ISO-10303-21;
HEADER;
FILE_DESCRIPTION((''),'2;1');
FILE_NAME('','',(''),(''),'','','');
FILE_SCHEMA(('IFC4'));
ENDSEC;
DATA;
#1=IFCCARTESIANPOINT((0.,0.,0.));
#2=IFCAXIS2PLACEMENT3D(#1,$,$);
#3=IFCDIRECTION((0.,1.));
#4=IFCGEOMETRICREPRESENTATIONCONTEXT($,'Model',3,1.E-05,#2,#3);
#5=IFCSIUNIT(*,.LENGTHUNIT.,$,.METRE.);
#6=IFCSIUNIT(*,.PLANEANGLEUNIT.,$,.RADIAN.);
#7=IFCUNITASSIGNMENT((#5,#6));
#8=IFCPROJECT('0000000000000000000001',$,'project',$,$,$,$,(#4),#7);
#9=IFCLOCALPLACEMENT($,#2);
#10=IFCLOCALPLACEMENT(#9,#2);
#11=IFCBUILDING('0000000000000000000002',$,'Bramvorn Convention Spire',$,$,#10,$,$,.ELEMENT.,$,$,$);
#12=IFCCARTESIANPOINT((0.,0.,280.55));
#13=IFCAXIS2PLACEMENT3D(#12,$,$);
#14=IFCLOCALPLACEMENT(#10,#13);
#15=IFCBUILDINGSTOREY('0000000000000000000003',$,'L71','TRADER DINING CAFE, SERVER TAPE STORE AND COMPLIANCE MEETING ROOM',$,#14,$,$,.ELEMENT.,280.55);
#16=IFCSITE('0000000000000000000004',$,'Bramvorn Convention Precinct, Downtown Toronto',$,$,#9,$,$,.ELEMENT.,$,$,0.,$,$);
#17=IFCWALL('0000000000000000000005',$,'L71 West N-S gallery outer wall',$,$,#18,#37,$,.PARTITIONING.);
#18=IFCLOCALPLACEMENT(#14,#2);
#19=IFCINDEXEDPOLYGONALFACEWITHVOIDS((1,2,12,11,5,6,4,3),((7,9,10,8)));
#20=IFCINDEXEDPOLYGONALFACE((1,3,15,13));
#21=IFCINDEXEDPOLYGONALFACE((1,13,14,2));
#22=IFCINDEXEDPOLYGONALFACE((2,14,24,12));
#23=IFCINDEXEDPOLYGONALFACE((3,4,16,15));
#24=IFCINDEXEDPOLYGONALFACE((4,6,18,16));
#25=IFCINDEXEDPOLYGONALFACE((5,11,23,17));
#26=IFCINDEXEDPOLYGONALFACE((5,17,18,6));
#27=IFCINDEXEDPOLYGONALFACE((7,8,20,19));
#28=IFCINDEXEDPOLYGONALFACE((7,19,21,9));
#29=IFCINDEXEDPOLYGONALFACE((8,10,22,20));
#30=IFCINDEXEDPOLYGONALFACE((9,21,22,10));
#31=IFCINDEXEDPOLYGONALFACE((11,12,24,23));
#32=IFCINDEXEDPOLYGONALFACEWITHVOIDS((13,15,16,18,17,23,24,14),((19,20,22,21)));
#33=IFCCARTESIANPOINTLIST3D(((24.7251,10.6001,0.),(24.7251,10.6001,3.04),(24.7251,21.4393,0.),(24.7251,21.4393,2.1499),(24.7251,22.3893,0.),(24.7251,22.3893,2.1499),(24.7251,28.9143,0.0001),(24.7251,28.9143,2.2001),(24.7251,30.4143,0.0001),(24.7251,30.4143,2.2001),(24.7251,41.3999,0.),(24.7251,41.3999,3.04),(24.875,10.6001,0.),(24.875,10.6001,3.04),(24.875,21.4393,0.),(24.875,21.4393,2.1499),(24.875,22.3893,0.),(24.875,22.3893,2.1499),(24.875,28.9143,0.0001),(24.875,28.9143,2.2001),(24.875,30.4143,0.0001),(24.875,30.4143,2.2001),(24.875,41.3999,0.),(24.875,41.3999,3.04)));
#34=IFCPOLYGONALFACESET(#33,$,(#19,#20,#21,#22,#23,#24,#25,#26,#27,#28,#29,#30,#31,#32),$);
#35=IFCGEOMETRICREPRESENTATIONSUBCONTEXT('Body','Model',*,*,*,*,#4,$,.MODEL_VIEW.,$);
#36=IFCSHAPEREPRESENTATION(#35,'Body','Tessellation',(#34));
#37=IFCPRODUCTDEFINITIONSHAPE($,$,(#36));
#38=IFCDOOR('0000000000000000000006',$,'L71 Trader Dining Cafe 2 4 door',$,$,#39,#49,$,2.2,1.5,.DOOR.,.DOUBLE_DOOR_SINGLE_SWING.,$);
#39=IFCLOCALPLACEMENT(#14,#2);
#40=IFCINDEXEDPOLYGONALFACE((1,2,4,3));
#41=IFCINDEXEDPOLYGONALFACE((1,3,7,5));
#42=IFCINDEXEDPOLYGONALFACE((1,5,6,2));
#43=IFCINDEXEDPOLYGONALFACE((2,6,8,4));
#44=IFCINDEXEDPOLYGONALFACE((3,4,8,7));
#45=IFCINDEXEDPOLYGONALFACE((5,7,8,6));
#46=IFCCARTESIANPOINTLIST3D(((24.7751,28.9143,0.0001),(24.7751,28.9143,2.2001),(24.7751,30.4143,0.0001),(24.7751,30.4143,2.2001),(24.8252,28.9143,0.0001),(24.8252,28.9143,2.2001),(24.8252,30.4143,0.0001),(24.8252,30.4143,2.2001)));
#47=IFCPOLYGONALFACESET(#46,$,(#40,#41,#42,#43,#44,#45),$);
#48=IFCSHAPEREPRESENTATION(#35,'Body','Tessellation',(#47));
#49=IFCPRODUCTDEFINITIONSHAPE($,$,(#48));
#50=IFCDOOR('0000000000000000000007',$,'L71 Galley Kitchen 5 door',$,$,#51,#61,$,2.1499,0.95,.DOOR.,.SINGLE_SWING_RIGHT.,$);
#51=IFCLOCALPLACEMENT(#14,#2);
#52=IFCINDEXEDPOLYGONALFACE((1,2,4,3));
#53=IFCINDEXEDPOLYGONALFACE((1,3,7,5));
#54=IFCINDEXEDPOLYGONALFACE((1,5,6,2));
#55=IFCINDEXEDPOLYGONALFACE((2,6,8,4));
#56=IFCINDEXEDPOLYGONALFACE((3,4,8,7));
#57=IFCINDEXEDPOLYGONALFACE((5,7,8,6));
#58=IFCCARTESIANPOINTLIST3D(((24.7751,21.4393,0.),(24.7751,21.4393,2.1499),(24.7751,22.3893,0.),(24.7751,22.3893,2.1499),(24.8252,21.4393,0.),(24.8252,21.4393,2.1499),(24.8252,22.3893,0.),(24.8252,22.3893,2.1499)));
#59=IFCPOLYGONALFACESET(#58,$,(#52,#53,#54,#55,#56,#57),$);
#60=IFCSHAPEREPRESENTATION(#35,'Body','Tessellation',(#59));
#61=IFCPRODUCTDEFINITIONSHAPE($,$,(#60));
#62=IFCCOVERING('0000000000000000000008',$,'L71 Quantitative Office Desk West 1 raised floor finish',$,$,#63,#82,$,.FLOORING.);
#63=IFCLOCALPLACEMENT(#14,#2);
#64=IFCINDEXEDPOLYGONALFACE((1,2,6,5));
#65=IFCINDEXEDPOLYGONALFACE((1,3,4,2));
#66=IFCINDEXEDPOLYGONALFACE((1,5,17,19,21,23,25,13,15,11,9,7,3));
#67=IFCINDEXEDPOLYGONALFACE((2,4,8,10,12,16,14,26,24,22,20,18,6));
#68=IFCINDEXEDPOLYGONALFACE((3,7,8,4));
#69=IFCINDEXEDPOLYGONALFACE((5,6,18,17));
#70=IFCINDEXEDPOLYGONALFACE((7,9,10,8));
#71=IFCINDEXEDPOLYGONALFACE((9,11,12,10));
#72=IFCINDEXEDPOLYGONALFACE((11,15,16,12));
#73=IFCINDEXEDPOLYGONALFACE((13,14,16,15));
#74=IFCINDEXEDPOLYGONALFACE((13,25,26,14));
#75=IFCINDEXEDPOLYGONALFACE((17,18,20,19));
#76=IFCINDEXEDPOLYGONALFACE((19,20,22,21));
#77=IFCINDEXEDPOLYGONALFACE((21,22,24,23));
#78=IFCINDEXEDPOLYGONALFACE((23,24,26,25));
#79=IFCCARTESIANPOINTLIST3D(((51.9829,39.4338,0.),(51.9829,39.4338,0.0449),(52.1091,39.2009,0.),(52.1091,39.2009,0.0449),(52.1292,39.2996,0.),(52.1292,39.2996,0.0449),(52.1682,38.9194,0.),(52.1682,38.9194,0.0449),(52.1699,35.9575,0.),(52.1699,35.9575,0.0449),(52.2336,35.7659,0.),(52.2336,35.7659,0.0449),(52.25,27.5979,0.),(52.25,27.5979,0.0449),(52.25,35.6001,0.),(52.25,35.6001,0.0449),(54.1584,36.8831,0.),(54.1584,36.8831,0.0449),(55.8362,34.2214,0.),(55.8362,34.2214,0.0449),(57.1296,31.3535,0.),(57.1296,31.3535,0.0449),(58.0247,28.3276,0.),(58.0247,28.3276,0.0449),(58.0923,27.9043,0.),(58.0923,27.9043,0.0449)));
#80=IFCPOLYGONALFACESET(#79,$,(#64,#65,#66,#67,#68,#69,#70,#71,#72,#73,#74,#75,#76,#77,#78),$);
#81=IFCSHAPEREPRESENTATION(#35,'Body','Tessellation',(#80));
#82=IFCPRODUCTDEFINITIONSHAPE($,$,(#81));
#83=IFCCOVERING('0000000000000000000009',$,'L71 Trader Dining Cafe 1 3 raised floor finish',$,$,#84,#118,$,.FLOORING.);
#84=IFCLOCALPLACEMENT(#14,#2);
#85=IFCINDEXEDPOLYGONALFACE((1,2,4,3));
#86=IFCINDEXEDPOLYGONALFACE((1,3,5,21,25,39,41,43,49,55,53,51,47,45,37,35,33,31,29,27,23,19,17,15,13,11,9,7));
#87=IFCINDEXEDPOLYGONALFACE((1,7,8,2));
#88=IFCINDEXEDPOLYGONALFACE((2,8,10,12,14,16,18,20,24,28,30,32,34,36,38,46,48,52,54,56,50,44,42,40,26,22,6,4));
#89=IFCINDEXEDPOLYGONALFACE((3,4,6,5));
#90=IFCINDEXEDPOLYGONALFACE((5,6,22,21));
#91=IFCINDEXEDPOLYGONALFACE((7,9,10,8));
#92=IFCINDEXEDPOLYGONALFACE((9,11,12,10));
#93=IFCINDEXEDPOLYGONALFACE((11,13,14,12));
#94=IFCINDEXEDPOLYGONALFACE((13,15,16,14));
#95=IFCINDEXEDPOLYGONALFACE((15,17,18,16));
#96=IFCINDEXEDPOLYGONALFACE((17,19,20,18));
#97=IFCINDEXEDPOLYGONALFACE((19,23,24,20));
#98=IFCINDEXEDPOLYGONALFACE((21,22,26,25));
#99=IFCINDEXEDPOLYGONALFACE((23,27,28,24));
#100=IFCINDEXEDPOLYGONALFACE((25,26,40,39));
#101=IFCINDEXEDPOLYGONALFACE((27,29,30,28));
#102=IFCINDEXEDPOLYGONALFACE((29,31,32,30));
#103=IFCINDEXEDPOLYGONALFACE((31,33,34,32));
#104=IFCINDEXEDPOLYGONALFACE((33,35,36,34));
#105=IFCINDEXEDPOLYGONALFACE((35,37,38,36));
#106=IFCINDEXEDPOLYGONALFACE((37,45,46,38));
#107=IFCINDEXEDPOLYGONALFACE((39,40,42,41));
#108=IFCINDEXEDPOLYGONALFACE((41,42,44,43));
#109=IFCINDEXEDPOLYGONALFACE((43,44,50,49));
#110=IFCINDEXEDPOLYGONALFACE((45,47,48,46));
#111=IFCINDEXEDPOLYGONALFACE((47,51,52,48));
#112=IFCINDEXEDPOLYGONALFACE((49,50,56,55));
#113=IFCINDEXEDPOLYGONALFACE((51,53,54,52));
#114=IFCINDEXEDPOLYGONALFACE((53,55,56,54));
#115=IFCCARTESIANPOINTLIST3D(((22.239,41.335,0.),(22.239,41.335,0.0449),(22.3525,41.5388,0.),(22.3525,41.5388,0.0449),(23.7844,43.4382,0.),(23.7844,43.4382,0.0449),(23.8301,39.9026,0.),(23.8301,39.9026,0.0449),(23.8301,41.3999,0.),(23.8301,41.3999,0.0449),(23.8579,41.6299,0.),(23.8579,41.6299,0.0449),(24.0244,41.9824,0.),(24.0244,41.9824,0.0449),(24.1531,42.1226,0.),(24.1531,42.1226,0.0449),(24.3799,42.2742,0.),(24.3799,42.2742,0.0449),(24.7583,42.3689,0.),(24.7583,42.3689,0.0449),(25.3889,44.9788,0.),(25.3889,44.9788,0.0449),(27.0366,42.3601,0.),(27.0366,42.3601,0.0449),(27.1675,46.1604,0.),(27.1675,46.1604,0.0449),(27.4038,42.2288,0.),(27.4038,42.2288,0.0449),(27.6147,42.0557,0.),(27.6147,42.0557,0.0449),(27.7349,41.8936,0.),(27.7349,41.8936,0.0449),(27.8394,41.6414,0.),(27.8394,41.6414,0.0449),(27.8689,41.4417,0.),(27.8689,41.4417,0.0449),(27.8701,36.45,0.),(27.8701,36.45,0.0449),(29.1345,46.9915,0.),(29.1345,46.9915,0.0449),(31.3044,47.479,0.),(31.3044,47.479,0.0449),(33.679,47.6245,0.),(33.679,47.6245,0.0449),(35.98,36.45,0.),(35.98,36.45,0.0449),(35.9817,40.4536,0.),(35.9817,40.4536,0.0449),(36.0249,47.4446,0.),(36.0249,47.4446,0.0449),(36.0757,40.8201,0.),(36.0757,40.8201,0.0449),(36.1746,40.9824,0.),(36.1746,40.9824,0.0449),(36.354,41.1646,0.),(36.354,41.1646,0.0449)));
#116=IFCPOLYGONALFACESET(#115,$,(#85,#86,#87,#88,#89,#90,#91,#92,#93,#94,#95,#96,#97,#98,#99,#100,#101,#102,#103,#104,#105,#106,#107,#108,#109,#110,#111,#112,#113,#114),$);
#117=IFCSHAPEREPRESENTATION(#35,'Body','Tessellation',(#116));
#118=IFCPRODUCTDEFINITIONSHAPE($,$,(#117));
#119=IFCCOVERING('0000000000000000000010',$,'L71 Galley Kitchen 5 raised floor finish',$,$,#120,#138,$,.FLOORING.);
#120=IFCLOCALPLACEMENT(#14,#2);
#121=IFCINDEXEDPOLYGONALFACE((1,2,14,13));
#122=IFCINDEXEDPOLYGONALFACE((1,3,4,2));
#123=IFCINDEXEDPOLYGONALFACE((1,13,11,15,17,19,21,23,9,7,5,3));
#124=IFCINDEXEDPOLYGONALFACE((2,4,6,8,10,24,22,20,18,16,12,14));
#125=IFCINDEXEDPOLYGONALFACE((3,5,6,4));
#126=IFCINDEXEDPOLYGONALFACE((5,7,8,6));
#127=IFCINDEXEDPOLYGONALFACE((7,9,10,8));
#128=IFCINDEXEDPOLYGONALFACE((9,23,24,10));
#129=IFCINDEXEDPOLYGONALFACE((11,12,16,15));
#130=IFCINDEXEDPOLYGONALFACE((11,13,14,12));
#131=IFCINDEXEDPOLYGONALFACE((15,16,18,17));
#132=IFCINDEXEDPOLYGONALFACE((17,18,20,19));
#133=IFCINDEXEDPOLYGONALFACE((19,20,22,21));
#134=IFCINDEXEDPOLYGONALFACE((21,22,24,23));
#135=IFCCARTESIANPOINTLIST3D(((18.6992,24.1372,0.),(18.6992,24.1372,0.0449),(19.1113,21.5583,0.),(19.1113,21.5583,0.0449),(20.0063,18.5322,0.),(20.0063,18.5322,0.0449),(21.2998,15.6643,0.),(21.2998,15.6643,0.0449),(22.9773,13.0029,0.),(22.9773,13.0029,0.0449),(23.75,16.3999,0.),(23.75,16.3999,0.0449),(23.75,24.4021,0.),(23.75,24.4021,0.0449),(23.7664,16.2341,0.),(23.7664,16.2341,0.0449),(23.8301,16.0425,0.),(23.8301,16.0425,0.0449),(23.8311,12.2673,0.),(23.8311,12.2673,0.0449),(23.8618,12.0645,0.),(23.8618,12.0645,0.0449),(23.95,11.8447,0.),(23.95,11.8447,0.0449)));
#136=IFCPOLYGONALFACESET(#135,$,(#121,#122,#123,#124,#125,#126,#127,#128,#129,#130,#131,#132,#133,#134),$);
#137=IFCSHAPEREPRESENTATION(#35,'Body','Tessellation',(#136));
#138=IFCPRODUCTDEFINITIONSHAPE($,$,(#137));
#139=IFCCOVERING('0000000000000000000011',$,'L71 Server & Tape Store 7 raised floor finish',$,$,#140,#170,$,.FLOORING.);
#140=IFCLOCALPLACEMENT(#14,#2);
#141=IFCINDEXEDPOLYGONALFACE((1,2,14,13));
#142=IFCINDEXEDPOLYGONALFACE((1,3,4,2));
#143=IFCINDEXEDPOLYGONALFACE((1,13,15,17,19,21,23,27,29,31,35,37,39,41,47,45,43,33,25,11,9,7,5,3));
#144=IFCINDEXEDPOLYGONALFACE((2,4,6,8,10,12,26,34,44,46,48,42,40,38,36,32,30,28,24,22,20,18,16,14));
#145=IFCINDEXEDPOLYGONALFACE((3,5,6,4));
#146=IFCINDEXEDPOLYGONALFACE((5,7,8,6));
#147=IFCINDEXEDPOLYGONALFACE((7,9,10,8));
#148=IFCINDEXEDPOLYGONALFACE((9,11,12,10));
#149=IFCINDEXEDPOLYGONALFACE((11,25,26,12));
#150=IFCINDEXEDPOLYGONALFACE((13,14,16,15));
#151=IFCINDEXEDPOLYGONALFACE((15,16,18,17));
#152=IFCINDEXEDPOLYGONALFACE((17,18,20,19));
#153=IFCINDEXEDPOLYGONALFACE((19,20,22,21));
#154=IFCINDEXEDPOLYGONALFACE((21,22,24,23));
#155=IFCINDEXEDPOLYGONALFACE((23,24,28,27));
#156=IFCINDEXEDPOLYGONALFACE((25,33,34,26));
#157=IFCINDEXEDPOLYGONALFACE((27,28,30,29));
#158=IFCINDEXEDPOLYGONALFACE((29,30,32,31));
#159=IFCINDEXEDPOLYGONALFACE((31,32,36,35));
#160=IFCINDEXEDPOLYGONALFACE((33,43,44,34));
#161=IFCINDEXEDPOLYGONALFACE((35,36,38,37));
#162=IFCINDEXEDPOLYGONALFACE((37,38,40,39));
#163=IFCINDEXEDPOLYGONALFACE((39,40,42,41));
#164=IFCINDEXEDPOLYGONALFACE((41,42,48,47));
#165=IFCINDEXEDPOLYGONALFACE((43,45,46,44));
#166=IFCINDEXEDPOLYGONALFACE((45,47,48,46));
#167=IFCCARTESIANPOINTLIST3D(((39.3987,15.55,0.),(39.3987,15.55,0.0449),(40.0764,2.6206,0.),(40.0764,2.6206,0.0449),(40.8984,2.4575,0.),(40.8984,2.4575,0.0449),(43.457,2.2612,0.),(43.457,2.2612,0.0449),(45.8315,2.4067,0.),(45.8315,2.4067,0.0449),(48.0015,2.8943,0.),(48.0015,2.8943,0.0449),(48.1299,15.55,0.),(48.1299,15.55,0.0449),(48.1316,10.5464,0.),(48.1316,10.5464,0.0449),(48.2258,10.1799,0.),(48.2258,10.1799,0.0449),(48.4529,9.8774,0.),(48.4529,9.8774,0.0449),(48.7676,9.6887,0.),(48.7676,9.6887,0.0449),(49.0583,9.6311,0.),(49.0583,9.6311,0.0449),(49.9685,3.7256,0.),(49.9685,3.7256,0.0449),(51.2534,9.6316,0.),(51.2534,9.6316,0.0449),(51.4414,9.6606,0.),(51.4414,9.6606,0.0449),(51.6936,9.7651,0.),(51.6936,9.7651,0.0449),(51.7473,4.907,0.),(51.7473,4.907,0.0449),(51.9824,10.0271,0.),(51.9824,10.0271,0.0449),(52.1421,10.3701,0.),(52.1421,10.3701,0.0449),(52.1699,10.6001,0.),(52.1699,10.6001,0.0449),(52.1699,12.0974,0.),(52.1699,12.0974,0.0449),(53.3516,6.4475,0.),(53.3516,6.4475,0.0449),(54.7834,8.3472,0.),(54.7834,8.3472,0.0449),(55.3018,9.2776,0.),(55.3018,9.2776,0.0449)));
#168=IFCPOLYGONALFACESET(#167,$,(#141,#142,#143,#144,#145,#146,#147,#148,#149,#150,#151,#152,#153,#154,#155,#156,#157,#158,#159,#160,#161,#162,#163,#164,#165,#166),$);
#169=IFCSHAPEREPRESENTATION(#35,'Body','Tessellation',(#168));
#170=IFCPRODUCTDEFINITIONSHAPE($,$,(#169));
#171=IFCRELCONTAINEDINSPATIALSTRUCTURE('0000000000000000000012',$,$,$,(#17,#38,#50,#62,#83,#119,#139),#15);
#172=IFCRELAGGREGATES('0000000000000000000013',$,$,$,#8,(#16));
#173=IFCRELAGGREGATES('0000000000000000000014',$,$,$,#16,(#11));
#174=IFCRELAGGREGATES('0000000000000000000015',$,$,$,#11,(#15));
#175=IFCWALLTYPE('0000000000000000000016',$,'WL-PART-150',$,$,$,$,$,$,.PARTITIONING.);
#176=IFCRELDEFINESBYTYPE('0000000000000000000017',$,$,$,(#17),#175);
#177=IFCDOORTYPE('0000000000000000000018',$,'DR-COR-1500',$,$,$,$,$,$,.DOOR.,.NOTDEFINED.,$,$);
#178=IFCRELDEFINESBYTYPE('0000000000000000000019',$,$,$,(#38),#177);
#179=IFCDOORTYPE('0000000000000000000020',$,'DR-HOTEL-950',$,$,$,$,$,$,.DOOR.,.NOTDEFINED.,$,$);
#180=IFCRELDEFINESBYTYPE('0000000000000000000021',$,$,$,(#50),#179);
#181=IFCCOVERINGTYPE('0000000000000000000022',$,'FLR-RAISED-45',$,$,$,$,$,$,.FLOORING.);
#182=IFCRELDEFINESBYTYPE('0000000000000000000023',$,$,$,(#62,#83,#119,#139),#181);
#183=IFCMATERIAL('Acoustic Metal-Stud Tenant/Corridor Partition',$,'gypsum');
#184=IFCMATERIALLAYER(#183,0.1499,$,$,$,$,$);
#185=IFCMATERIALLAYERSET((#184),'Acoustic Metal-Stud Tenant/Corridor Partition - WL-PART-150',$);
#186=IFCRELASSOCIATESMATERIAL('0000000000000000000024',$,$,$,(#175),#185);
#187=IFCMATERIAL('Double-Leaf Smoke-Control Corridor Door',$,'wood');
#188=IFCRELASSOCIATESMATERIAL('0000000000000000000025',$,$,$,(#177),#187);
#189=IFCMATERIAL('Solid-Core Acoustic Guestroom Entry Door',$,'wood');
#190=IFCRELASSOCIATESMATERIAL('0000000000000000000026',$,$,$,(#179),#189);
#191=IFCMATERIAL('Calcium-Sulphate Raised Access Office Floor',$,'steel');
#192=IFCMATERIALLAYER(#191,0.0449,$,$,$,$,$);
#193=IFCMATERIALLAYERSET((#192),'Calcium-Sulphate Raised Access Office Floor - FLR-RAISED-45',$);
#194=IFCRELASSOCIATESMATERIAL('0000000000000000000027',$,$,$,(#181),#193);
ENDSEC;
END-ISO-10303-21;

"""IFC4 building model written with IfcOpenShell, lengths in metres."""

from ifc_helpers import new_model, si_unit, direction, frame, frame_2d, origin, place, context, subcontext, project, spatial, polyline, rectangle, outline, extrude, material, layer, layer_set, type_object, element, fill, save


model = new_model("IFC4")

# Units and contexts
model_context = context("Model", 3, precision=1e-05, world=origin(), true_north=direction((0.0, 1.0)))
body_context = subcontext(model_context, "Body", "Model", "MODEL_VIEW")
ifc_project = project(units=[si_unit("LENGTHUNIT", "METRE"), si_unit("PLANEANGLEUNIT", "RADIAN")], contexts=[model_context])

# Site, building, storey
site_placement = place(None, origin())
site = spatial("IfcSite", under=ifc_project, at=site_placement, Name="Bramvorn Convention Precinct, Downtown Toronto", CompositionType="ELEMENT", RefElevation=0.0)
building_placement = place(site_placement, origin())
building = spatial("IfcBuilding", under=site, at=building_placement, Name="Bramvorn Convention Spire", CompositionType="ELEMENT")
storey_placement = place(building_placement, frame((0.0, 0.0, 280.55)))
storey = spatial("IfcBuildingStorey", under=building, at=storey_placement, Name="L71", Description="TRADER DINING CAFE, SERVER TAPE STORE AND COMPLIANCE MEETING ROOM", CompositionType="ELEMENT", Elevation=280.55)

# Wall, openings, doors
ifc_material_1 = material(Name="Acoustic Metal-Stud Tenant/Corridor Partition", Category="gypsum")
ifc_layer_1 = layer(ifc_material_1, 0.1499)
ifc_layer_set_1 = layer_set([ifc_layer_1], Name="Acoustic Metal-Stud Tenant/Corridor Partition - WL-PART-150")
wall_type_1 = type_object("IfcWallType", Name="WL-PART-150", PredefinedType="PARTITIONING", material=ifc_layer_set_1)
wall_1_placement = place(storey_placement, frame((24.8, 10.6001, 0.0), z_axis=(0.0, 0.0, 1.0), x_axis=(0.0, 1.0, 0.0)))
wall_1 = element("IfcWall", 1, at=wall_1_placement, inside=storey, type_object=wall_type_1, Name="L71 West N-S gallery outer wall", PredefinedType="PARTITIONING", context=body_context, shape_type="SweptSolid", body=[
    extrude(rectangle(XDim=30.7998, YDim=0.1499, at=frame_2d((15.3999, 0.0))), origin(), (0.0, 0.0, 1.0), 3.04),
])
opening_1_placement = place(wall_1_placement, frame((18.3142, 0.0, 0.0)))
opening_1 = element("IfcOpeningElement", 2, at=opening_1_placement, cuts=wall_1, PredefinedType="OPENING", context=body_context, shape_type="SweptSolid", body=[
    extrude(rectangle(XDim=1.5, YDim=2.2, at=frame_2d((0.75, 1.1001))), frame((0.0, 0.085, 0.0), z_axis=(0.0, -1.0, 0.0), x_axis=(1.0, 0.0, 0.0)), (0.0, 0.0, 1.0), 0.1699),
])
opening_2_placement = place(wall_1_placement, frame((10.8391, 0.0, 0.0)))
opening_2 = element("IfcOpeningElement", 3, at=opening_2_placement, cuts=wall_1, PredefinedType="OPENING", context=body_context, shape_type="SweptSolid", body=[
    extrude(rectangle(XDim=0.95, YDim=2.1499, at=frame_2d((0.4751, 1.075))), frame((0.0, 0.085, 0.0), z_axis=(0.0, -1.0, 0.0), x_axis=(1.0, 0.0, 0.0)), (0.0, 0.0, 1.0), 0.1699),
])
ifc_material_2 = material(Name="Double-Leaf Smoke-Control Corridor Door", Category="wood")
door_type_1 = type_object("IfcDoorType", Name="DR-COR-1500", OperationType="NOTDEFINED", PredefinedType="DOOR", material=ifc_material_2)
door_1_placement = place(opening_1_placement, origin())
door_1 = element("IfcDoor", 4, at=door_1_placement, inside=storey, type_object=door_type_1, Name="L71 Trader Dining Cafe 2 4 door", OperationType="DOUBLE_DOOR_SINGLE_SWING", OverallHeight=2.2, OverallWidth=1.5, PredefinedType="DOOR", context=body_context, shape_type="SweptSolid", body=[
    extrude(rectangle(XDim=1.5, YDim=2.2, at=frame_2d((0.75, 1.1001))), frame((0.0, 0.0249, 0.0), z_axis=(0.0, -1.0, 0.0), x_axis=(1.0, 0.0, 0.0)), (0.0, 0.0, 1.0), 0.05),
])
fill(opening_1, door_1)
ifc_material_3 = material(Name="Solid-Core Acoustic Guestroom Entry Door", Category="wood")
door_type_2 = type_object("IfcDoorType", Name="DR-HOTEL-950", OperationType="NOTDEFINED", PredefinedType="DOOR", material=ifc_material_3)
door_2_placement = place(opening_2_placement, origin())
door_2 = element("IfcDoor", 5, at=door_2_placement, inside=storey, type_object=door_type_2, Name="L71 Galley Kitchen 5 door", OperationType="SINGLE_SWING_RIGHT", OverallHeight=2.1499, OverallWidth=0.95, PredefinedType="DOOR", context=body_context, shape_type="SweptSolid", body=[
    extrude(rectangle(XDim=0.95, YDim=2.1499, at=frame_2d((0.4751, 1.075))), frame((0.0, 0.0249, 0.0), z_axis=(0.0, -1.0, 0.0), x_axis=(1.0, 0.0, 0.0)), (0.0, 0.0, 1.0), 0.05),
])
fill(opening_2, door_2)

# Coverings
ifc_material_4 = material(Name="Calcium-Sulphate Raised Access Office Floor", Category="steel")
ifc_layer_2 = layer(ifc_material_4, 0.0449)
ifc_layer_set_2 = layer_set([ifc_layer_2], Name="Calcium-Sulphate Raised Access Office Floor - FLR-RAISED-45")
covering_type = type_object("IfcCoveringType", Name="FLR-RAISED-45", PredefinedType="FLOORING", material=ifc_layer_set_2)
covering_1_placement = place(storey_placement, origin())
element("IfcCovering", 6, at=covering_1_placement, inside=storey, type_object=covering_type, Name="L71 Quantitative Office Desk West 1 raised floor finish", PredefinedType="FLOORING", context=body_context, shape_type="SweptSolid", body=[
    extrude(outline(polyline([(52.1091, 39.2009), (52.1682, 38.9194), (52.1699, 35.9575), (52.2336, 35.7659), (52.25, 35.6001), (52.25, 27.5979), (58.0923, 27.9043), (58.0247, 28.3276), (57.1296, 31.3535), (55.8362, 34.2214), (54.1584, 36.8831), (52.1292, 39.2996), (51.9829, 39.4338), (52.1091, 39.2009)])), origin(), (0.0, 0.0, 1.0), 0.0449),
])
covering_2_placement = place(storey_placement, origin())
element("IfcCovering", 7, at=covering_2_placement, inside=storey, type_object=covering_type, Name="L71 Trader Dining Cafe 1 3 raised floor finish", PredefinedType="FLOORING", context=body_context, shape_type="SweptSolid", body=[
    extrude(outline(polyline([(22.3525, 41.5388), (22.239, 41.335), (23.8301, 39.9026), (23.8301, 41.3999), (23.8579, 41.6299), (24.0244, 41.9824), (24.1531, 42.1226), (24.3799, 42.2742), (24.7583, 42.3689), (27.0366, 42.3601), (27.4038, 42.2288), (27.6147, 42.0557), (27.7349, 41.8936), (27.8394, 41.6414), (27.8689, 41.4417), (27.8701, 36.45), (35.98, 36.45), (35.9817, 40.4536), (36.0757, 40.8201), (36.1746, 40.9824), (36.354, 41.1646), (36.0249, 47.4446), (33.679, 47.6245), (31.3044, 47.479), (29.1345, 46.9915), (27.1675, 46.1604), (25.3889, 44.9788), (23.7844, 43.4382), (22.3525, 41.5388)])), origin(), (0.0, 0.0, 1.0), 0.0449),
])
covering_3_placement = place(storey_placement, origin())
element("IfcCovering", 8, at=covering_3_placement, inside=storey, type_object=covering_type, Name="L71 Galley Kitchen 5 raised floor finish", PredefinedType="FLOORING", context=body_context, shape_type="SweptSolid", body=[
    extrude(outline(polyline([(19.1113, 21.5583), (20.0063, 18.5322), (21.2998, 15.6643), (22.9773, 13.0029), (23.95, 11.8447), (23.8618, 12.0645), (23.8311, 12.2673), (23.8301, 16.0425), (23.7664, 16.2341), (23.75, 16.3999), (23.75, 24.4021), (18.6992, 24.1372), (19.1113, 21.5583)])), origin(), (0.0, 0.0, 1.0), 0.0449),
])
covering_4_placement = place(storey_placement, origin())
element("IfcCovering", 9, at=covering_4_placement, inside=storey, type_object=covering_type, Name="L71 Server & Tape Store 7 raised floor finish", PredefinedType="FLOORING", context=body_context, shape_type="SweptSolid", body=[
    extrude(outline(polyline([(43.457, 2.2612), (45.8315, 2.4067), (48.0015, 2.8943), (49.9685, 3.7256), (51.7473, 4.907), (53.3516, 6.4475), (54.7834, 8.3472), (55.3018, 9.2776), (52.1699, 12.0974), (52.1699, 10.6001), (52.1421, 10.3701), (51.9824, 10.0271), (51.6936, 9.7651), (51.4414, 9.6606), (51.2534, 9.6316), (49.0583, 9.6311), (48.7676, 9.6887), (48.4529, 9.8774), (48.2258, 10.1799), (48.1316, 10.5464), (48.1299, 15.55), (39.3987, 15.55), (40.0764, 2.6206), (40.8984, 2.4575), (43.457, 2.2612)])), origin(), (0.0, 0.0, 1.0), 0.0449),
])

save(model, "model.ifc")
